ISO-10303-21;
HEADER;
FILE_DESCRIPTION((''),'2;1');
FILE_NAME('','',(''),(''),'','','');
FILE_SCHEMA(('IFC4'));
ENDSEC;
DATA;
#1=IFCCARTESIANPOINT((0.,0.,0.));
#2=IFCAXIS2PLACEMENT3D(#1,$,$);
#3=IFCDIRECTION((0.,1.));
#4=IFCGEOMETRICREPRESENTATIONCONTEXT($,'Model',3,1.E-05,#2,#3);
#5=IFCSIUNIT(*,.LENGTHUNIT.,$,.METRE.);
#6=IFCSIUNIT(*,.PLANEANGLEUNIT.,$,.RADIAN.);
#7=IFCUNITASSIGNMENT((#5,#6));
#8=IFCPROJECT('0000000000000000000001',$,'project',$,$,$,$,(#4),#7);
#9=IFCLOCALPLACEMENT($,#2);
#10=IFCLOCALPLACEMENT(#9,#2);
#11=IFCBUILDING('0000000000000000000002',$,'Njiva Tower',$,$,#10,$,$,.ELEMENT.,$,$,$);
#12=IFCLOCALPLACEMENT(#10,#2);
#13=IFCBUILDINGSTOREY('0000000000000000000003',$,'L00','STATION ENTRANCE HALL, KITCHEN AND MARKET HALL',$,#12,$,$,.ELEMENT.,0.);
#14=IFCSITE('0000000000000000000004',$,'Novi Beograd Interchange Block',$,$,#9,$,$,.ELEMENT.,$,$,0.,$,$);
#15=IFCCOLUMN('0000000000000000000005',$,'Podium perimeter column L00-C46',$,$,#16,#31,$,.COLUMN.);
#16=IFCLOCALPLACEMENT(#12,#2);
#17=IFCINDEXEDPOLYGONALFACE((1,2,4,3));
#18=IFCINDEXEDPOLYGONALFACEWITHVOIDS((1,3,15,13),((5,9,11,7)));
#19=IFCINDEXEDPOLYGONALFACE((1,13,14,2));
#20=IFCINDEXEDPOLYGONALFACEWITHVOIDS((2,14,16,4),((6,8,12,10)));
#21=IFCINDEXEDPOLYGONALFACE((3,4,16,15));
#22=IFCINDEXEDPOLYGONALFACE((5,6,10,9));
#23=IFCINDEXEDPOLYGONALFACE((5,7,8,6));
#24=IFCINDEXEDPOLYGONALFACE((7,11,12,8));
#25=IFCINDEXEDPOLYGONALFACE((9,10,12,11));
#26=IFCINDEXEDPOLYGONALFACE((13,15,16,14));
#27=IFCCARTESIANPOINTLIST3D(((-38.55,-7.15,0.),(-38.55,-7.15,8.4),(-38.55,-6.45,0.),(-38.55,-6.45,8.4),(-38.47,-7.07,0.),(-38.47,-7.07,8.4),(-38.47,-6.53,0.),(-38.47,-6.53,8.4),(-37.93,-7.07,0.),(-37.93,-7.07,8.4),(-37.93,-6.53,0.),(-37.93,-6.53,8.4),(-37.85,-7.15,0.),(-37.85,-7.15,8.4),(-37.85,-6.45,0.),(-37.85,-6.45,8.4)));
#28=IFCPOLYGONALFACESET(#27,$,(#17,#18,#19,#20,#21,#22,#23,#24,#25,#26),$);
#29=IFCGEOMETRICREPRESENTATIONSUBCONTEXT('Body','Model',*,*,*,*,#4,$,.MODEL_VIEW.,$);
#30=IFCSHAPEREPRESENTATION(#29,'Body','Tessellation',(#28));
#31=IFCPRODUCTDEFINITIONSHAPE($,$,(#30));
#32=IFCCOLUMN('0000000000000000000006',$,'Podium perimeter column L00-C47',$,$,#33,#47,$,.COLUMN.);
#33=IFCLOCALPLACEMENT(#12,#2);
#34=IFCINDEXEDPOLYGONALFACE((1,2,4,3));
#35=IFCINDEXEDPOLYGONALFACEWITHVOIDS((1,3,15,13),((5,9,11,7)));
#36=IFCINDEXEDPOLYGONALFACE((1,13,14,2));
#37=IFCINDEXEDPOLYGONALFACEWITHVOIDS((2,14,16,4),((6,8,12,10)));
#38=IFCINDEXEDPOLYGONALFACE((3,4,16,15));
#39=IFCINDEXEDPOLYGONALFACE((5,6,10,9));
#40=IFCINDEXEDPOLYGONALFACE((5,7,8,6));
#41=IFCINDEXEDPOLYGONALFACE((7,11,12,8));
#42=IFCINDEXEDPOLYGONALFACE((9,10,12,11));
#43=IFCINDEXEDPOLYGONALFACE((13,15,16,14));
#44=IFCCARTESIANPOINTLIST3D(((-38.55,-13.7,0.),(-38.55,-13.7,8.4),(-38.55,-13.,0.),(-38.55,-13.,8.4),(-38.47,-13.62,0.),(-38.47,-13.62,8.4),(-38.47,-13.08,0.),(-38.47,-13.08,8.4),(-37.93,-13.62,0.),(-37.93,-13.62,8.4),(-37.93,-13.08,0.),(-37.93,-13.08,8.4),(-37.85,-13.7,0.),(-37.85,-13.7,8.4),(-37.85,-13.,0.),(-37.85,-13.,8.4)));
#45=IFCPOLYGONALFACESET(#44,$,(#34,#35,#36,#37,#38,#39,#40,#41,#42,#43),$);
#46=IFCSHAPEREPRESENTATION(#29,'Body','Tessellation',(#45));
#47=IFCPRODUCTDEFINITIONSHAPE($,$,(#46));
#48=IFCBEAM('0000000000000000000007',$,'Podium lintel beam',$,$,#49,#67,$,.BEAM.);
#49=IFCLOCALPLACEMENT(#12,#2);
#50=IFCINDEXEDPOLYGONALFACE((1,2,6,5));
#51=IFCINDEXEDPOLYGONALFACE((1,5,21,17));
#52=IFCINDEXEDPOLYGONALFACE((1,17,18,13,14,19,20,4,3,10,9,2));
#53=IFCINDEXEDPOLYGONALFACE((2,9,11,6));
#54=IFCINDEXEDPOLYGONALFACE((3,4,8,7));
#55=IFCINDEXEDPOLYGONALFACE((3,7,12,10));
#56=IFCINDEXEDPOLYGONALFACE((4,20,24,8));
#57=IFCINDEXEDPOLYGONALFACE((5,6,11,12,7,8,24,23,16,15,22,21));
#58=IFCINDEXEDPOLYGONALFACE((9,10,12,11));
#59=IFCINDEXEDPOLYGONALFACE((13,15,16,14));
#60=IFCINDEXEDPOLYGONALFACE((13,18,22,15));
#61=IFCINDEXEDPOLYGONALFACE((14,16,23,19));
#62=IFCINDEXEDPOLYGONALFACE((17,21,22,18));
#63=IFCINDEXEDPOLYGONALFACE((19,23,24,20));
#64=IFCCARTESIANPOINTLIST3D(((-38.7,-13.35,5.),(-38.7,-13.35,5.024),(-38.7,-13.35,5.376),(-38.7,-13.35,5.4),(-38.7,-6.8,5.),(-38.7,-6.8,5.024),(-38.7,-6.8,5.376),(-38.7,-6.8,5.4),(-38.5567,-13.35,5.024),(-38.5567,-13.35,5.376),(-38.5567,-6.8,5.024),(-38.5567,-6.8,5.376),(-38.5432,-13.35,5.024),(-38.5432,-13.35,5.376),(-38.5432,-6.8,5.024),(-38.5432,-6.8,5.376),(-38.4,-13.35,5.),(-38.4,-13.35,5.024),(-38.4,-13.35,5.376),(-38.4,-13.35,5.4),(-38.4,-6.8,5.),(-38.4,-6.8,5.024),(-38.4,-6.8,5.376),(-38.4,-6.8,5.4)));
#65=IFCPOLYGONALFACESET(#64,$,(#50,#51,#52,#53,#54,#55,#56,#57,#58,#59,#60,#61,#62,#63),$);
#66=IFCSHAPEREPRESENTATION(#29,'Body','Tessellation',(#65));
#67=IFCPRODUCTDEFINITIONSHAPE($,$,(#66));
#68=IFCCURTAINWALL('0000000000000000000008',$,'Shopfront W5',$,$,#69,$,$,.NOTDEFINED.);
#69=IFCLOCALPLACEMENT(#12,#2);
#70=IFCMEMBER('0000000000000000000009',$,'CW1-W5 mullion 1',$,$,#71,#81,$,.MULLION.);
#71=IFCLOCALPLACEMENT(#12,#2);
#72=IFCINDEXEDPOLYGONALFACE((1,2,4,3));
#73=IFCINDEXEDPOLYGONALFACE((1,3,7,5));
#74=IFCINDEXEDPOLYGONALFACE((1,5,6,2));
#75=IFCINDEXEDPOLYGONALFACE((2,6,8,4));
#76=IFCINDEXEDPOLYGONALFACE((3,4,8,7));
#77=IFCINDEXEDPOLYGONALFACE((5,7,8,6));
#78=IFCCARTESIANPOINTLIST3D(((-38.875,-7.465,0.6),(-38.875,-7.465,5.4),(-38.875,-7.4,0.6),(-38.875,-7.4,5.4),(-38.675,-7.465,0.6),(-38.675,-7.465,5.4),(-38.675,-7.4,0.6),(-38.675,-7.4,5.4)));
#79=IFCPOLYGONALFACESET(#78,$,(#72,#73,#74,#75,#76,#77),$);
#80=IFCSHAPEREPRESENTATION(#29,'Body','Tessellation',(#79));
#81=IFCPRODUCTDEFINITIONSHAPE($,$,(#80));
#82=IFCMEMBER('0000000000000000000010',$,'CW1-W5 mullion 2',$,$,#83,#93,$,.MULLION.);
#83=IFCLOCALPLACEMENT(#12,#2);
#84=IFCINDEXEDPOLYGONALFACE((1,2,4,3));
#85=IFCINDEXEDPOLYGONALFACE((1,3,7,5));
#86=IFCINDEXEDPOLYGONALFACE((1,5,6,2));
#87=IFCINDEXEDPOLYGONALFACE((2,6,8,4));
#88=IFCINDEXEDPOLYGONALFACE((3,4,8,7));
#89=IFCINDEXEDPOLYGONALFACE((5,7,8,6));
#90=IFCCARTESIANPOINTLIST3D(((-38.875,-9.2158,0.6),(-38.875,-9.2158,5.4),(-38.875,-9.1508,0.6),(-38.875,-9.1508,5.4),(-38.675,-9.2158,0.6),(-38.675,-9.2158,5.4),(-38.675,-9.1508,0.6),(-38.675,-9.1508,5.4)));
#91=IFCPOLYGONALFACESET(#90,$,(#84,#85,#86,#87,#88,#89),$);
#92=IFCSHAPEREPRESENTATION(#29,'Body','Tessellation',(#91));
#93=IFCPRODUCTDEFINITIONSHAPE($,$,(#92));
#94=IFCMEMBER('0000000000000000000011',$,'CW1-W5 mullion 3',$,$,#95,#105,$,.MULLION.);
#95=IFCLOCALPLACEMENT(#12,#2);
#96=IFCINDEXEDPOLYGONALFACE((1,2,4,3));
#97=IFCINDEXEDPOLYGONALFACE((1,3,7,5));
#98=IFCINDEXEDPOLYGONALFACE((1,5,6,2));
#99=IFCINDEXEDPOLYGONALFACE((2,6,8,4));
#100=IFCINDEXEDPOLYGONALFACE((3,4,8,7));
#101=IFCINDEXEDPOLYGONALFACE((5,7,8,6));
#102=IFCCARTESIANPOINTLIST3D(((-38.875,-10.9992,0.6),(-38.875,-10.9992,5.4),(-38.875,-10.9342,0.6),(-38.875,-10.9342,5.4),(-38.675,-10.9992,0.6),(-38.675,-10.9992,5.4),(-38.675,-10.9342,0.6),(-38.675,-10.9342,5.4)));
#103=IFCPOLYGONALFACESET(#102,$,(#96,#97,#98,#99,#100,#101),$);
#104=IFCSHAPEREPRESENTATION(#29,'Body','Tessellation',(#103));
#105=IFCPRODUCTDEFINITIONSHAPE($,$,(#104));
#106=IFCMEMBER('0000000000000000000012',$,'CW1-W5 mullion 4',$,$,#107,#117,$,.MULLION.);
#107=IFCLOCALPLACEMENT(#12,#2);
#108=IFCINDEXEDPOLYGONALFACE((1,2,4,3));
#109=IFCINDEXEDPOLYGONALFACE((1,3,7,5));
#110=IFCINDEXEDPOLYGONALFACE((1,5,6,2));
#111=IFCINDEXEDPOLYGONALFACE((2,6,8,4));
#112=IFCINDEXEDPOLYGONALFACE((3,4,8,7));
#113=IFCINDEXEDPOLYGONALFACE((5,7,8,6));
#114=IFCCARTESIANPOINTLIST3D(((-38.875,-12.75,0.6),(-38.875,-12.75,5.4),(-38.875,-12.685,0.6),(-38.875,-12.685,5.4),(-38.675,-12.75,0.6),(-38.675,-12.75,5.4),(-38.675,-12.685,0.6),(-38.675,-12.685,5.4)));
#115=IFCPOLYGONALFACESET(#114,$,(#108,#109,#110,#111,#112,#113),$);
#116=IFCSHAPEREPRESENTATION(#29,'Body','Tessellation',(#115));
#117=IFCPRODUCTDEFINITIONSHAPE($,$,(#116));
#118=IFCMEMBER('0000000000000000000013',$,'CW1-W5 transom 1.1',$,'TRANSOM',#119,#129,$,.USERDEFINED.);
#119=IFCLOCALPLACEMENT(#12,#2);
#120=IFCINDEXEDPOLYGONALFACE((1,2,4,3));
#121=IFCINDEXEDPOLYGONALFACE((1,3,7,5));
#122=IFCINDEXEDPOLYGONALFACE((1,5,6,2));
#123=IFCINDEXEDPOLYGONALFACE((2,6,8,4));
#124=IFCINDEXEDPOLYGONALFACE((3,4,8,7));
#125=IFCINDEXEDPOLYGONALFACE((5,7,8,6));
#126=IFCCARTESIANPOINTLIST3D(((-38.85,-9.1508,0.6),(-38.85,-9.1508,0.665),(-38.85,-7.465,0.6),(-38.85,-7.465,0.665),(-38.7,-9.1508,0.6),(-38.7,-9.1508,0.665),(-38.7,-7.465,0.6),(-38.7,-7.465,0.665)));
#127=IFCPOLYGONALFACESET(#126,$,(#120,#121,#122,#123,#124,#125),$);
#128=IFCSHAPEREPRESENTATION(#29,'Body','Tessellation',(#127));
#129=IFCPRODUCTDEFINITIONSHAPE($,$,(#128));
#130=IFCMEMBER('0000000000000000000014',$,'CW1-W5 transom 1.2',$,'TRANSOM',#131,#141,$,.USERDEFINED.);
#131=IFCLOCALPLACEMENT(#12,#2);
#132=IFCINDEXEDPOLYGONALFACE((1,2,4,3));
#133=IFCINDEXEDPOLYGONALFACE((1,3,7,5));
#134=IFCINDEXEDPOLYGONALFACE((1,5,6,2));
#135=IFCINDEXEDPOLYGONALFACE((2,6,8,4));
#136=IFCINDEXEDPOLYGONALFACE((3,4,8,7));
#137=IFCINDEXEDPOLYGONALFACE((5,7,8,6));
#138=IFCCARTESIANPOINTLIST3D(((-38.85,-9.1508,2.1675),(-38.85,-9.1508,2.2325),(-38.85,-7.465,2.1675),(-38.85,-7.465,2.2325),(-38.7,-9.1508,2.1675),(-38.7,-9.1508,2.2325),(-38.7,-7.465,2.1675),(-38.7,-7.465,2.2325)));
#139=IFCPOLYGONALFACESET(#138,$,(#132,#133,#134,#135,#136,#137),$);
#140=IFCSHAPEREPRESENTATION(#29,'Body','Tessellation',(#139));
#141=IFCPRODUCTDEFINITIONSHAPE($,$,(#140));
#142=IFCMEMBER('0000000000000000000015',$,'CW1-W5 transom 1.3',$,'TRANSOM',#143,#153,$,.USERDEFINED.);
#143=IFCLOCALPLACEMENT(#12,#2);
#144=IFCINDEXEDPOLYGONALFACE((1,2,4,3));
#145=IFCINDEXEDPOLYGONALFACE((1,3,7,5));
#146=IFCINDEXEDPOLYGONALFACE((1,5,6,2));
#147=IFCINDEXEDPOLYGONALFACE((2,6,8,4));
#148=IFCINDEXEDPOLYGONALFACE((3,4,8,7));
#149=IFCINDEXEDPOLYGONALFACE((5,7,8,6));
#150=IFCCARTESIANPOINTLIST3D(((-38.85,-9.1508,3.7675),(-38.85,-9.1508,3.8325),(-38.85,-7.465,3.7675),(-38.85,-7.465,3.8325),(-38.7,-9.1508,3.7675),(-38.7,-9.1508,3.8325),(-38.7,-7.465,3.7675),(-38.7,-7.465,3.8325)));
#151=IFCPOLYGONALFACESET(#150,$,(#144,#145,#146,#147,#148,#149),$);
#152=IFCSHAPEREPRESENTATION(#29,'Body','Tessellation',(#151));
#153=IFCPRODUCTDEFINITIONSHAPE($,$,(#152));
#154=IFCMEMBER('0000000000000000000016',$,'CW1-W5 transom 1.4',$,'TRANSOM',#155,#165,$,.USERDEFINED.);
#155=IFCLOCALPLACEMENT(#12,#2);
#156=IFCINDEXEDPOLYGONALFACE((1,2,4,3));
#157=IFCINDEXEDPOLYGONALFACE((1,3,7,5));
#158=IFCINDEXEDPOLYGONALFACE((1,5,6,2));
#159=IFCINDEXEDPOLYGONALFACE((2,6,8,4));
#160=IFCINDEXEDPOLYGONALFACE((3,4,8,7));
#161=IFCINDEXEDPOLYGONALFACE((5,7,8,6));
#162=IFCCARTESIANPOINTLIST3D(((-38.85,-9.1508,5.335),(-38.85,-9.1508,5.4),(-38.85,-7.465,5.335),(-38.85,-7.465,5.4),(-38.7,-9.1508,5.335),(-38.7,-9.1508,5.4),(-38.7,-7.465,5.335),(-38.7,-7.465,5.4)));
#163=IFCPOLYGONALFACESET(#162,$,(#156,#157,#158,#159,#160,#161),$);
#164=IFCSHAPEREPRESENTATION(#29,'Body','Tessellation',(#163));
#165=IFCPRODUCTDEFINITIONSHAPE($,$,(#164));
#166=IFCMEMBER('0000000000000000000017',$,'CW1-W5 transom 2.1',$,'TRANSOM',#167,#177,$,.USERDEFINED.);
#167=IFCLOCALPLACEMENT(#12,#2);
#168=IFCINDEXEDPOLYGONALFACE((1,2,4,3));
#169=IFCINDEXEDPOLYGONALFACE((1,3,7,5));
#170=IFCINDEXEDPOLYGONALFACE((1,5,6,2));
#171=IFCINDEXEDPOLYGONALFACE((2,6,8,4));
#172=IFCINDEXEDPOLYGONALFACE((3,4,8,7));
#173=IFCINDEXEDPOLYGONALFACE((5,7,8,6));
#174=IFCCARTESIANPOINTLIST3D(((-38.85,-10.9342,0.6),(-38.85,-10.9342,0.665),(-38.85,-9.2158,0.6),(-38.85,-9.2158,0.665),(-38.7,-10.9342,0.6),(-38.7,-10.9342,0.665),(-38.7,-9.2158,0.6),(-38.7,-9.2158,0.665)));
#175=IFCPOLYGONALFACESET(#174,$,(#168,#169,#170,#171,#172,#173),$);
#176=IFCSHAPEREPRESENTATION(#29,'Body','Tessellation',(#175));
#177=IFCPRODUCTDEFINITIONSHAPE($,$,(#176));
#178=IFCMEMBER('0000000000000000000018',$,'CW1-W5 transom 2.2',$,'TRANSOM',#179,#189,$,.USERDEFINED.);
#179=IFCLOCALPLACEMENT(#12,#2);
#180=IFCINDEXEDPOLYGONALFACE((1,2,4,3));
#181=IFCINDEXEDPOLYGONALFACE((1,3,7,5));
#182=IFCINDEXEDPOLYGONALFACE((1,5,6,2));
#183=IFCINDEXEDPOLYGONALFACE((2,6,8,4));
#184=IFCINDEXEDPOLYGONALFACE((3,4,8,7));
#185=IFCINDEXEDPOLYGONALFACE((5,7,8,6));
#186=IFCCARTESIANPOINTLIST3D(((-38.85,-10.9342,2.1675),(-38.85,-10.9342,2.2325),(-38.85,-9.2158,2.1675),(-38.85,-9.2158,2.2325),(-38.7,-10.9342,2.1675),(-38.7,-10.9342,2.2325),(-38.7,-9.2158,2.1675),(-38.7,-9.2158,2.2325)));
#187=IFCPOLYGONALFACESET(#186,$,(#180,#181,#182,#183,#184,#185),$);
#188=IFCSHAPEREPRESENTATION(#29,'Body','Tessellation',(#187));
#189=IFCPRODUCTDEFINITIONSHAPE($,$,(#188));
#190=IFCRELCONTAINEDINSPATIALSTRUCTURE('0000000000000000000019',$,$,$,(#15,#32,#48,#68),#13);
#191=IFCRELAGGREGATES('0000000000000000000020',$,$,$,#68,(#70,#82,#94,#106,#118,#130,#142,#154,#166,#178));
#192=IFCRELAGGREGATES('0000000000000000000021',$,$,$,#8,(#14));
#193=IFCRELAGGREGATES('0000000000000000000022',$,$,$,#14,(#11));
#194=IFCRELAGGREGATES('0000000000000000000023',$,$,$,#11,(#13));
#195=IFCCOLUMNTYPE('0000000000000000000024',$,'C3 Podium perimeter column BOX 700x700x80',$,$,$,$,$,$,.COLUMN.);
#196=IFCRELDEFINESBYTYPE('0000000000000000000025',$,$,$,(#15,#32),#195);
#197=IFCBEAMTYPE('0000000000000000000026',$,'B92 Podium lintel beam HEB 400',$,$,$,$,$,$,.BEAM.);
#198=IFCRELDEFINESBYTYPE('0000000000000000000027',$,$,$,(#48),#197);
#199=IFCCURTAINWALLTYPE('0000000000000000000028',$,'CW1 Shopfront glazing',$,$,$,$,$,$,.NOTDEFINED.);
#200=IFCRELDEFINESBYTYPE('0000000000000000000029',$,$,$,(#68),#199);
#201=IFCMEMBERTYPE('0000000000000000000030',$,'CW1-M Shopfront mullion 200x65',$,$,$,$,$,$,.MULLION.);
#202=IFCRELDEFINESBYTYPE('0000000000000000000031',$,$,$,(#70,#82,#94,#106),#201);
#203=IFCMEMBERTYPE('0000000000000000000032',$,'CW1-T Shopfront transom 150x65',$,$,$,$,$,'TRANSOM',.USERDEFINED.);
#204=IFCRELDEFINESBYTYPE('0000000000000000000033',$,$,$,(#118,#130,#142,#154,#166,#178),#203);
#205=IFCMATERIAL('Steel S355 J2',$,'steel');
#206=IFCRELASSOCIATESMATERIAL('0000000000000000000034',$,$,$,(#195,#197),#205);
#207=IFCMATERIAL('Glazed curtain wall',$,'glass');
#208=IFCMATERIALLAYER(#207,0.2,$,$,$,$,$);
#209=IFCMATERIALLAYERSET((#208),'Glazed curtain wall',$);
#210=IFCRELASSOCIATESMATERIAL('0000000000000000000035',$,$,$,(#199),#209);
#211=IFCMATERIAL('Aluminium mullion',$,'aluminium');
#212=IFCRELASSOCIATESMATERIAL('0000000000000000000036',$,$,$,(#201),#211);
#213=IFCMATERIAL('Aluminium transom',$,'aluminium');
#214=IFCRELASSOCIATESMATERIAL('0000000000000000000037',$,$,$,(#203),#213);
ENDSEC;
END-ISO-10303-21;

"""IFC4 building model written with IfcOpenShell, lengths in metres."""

from ifc_helpers import new_model, si_unit, direction, frame, origin, origin_2d, place, context, subcontext, project, spatial, rectangle, hollow_rectangle, i_section, extrude, material, layer, layer_set, material_profile, profile_set, type_object, element, aggregate, save


model = new_model("IFC4")

# Units and contexts
model_context = context("Model", 3, precision=1e-05, world=origin(), true_north=direction((0.0, 1.0)))
body_context = subcontext(model_context, "Body", "Model", "MODEL_VIEW")
ifc_project = project(units=[si_unit("LENGTHUNIT", "METRE"), si_unit("PLANEANGLEUNIT", "RADIAN")], contexts=[model_context])

# Site, building, storey
site_placement = place(None, origin())
site = spatial("IfcSite", under=ifc_project, at=site_placement, Name="Novi Beograd Interchange Block", CompositionType="ELEMENT", RefElevation=0.0)
building_placement = place(site_placement, origin())
building = spatial("IfcBuilding", under=site, at=building_placement, Name="Njiva Tower", CompositionType="ELEMENT")
storey_placement = place(building_placement, origin())
storey = spatial("IfcBuildingStorey", under=building, at=storey_placement, Name="L00", Description="STATION ENTRANCE HALL, KITCHEN AND MARKET HALL", CompositionType="ELEMENT", Elevation=0.0)

# Columns
ifc_material_1 = material(Name="Steel S355 J2", Category="steel")
ifc_material_profile_1 = material_profile(ifc_material_1, hollow_rectangle(XDim=0.7, YDim=0.7, WallThickness=0.08, at=origin_2d()), Name="BOX 700x700x80")
ifc_profile_set_1 = profile_set([ifc_material_profile_1], Name="Steel S355 J2")
column_type = type_object("IfcColumnType", Name="C3 Podium perimeter column BOX 700x700x80", PredefinedType="COLUMN", material=ifc_profile_set_1)
for number, where, z_axis, x_axis, name in (
    (1, (-38.2, -6.8, 0.0), (0.0, 0.0, 1.0), (0.0, -1.0, 0.0), "Podium perimeter column L00-C46"),
    (2, (-38.2, -13.35, 0.0), (0.0, 0.0, 1.0), (0.0, -1.0, 0.0), "Podium perimeter column L00-C47"),
):
    element("IfcColumn", number, at=place(storey_placement, frame(where, z_axis=z_axis, x_axis=x_axis)), inside=storey, type_object=column_type, Name=name, PredefinedType="COLUMN", context=body_context, shape_type="SweptSolid", body=[
        extrude(hollow_rectangle(XDim=0.7, YDim=0.7, WallThickness=0.08, at=origin_2d()), origin(), (0.0, 0.0, 1.0), 8.4),
    ])

# Beam
ifc_material_profile_2 = material_profile(ifc_material_1, i_section(OverallWidth=0.3, OverallDepth=0.4, WebThickness=0.0135, FlangeThickness=0.024, at=origin_2d()), Name="HEB400")
ifc_profile_set_2 = profile_set([ifc_material_profile_2], Name="Steel S355 J2")
beam_type = type_object("IfcBeamType", Name="B92 Podium lintel beam HEB 400", PredefinedType="BEAM", material=ifc_profile_set_2)
beam_placement = place(storey_placement, frame((-38.55, -6.8, 5.2), z_axis=(0.0, -1.0, 0.0), x_axis=(1.0, 0.0, 0.0)))
element("IfcBeam", 3, at=beam_placement, inside=storey, type_object=beam_type, Name="Podium lintel beam", PredefinedType="BEAM", context=body_context, shape_type="SweptSolid", body=[
    extrude(i_section(OverallWidth=0.3, OverallDepth=0.4, WebThickness=0.0135, FlangeThickness=0.024, at=origin_2d()), origin(), (0.0, 0.0, 1.0), 6.55),
])

# Curtain wall, members
ifc_material_2 = material(Name="Glazed curtain wall", Category="glass")
ifc_layer_1 = layer(ifc_material_2, 0.2)
ifc_layer_set_1 = layer_set([ifc_layer_1], Name="Glazed curtain wall")
curtain_wall_type = type_object("IfcCurtainWallType", Name="CW1 Shopfront glazing", PredefinedType="NOTDEFINED", material=ifc_layer_set_1)
curtain_wall_placement = place(storey_placement, origin())
curtain_wall = element("IfcCurtainWall", 4, at=curtain_wall_placement, inside=storey, type_object=curtain_wall_type, Name="Shopfront W5", PredefinedType="NOTDEFINED")
ifc_material_3 = material(Name="Aluminium mullion", Category="aluminium")
ifc_material_profile_3 = material_profile(ifc_material_3, rectangle(XDim=0.2, YDim=0.065, at=origin_2d()), Name="RECT 200x65")
ifc_profile_set_3 = profile_set([ifc_material_profile_3], Name="Aluminium mullion")
member_type_1 = type_object("IfcMemberType", Name="CW1-M Shopfront mullion 200x65", PredefinedType="MULLION", material=ifc_profile_set_3)
member_1_placement = place(storey_placement, frame((-38.775, -7.4325, 0.6), z_axis=(0.0, 0.0, 1.0), x_axis=(1.0, 0.0, 0.0)))
member_1 = element("IfcMember", 5, at=member_1_placement, type_object=member_type_1, Name="CW1-W5 mullion 1", PredefinedType="MULLION", context=body_context, shape_type="SweptSolid", body=[
    extrude(rectangle(XDim=0.2, YDim=0.065, at=origin_2d()), origin(), (0.0, 0.0, 1.0), 4.8),
])
member_2_placement = place(storey_placement, frame((-38.775, -9.1833, 0.6), z_axis=(0.0, 0.0, 1.0), x_axis=(1.0, 0.0, 0.0)))
member_2 = element("IfcMember", 6, at=member_2_placement, type_object=member_type_1, Name="CW1-W5 mullion 2", PredefinedType="MULLION", context=body_context, shape_type="SweptSolid", body=[
    extrude(rectangle(XDim=0.2, YDim=0.065, at=origin_2d()), origin(), (0.0, 0.0, 1.0), 4.8),
])
member_3_placement = place(storey_placement, frame((-38.775, -10.9667, 0.6), z_axis=(0.0, 0.0, 1.0), x_axis=(1.0, 0.0, 0.0)))
member_3 = element("IfcMember", 7, at=member_3_placement, type_object=member_type_1, Name="CW1-W5 mullion 3", PredefinedType="MULLION", context=body_context, shape_type="SweptSolid", body=[
    extrude(rectangle(XDim=0.2, YDim=0.065, at=origin_2d()), origin(), (0.0, 0.0, 1.0), 4.8),
])
member_4_placement = place(storey_placement, frame((-38.775, -12.7175, 0.6), z_axis=(0.0, 0.0, 1.0), x_axis=(1.0, 0.0, 0.0)))
member_4 = element("IfcMember", 8, at=member_4_placement, type_object=member_type_1, Name="CW1-W5 mullion 4", PredefinedType="MULLION", context=body_context, shape_type="SweptSolid", body=[
    extrude(rectangle(XDim=0.2, YDim=0.065, at=origin_2d()), origin(), (0.0, 0.0, 1.0), 4.8),
])
ifc_material_4 = material(Name="Aluminium transom", Category="aluminium")
ifc_material_profile_4 = material_profile(ifc_material_4, rectangle(XDim=0.15, YDim=0.065, at=origin_2d()), Name="RECT 150x65")
ifc_profile_set_4 = profile_set([ifc_material_profile_4], Name="Aluminium transom")
member_type_2 = type_object("IfcMemberType", Name="CW1-T Shopfront transom 150x65", ElementType="TRANSOM", PredefinedType="USERDEFINED", material=ifc_profile_set_4)
member_5_placement = place(storey_placement, frame((-38.775, -7.465, 0.6325), z_axis=(0.0, -1.0, 0.0), x_axis=(1.0, 0.0, 0.0)))
member_5 = element("IfcMember", 9, at=member_5_placement, type_object=member_type_2, Name="CW1-W5 transom 1.1", ObjectType="TRANSOM", PredefinedType="USERDEFINED", context=body_context, shape_type="SweptSolid", body=[
    extrude(rectangle(XDim=0.15, YDim=0.065, at=origin_2d()), origin(), (0.0, 0.0, 1.0), 1.6858),
])
member_6_placement = place(storey_placement, frame((-38.775, -7.465, 2.2), z_axis=(0.0, -1.0, 0.0), x_axis=(1.0, 0.0, 0.0)))
member_6 = element("IfcMember", 10, at=member_6_placement, type_object=member_type_2, Name="CW1-W5 transom 1.2", ObjectType="TRANSOM", PredefinedType="USERDEFINED", context=body_context, shape_type="SweptSolid", body=[
    extrude(rectangle(XDim=0.15, YDim=0.065, at=origin_2d()), origin(), (0.0, 0.0, 1.0), 1.6858),
])
member_7_placement = place(storey_placement, frame((-38.775, -7.465, 3.8), z_axis=(0.0, -1.0, 0.0), x_axis=(1.0, 0.0, 0.0)))
member_7 = element("IfcMember", 11, at=member_7_placement, type_object=member_type_2, Name="CW1-W5 transom 1.3", ObjectType="TRANSOM", PredefinedType="USERDEFINED", context=body_context, shape_type="SweptSolid", body=[
    extrude(rectangle(XDim=0.15, YDim=0.065, at=origin_2d()), origin(), (0.0, 0.0, 1.0), 1.6858),
])
member_8_placement = place(storey_placement, frame((-38.775, -7.465, 5.3675), z_axis=(0.0, -1.0, 0.0), x_axis=(1.0, 0.0, 0.0)))
member_8 = element("IfcMember", 12, at=member_8_placement, type_object=member_type_2, Name="CW1-W5 transom 1.4", ObjectType="TRANSOM", PredefinedType="USERDEFINED", context=body_context, shape_type="SweptSolid", body=[
    extrude(rectangle(XDim=0.15, YDim=0.065, at=origin_2d()), origin(), (0.0, 0.0, 1.0), 1.6858),
])
member_9_placement = place(storey_placement, frame((-38.775, -9.2158, 0.6325), z_axis=(0.0, -1.0, 0.0), x_axis=(1.0, 0.0, 0.0)))
member_9 = element("IfcMember", 13, at=member_9_placement, type_object=member_type_2, Name="CW1-W5 transom 2.1", ObjectType="TRANSOM", PredefinedType="USERDEFINED", context=body_context, shape_type="SweptSolid", body=[
    extrude(rectangle(XDim=0.15, YDim=0.065, at=origin_2d()), origin(), (0.0, 0.0, 1.0), 1.7184),
])
member_10_placement = place(storey_placement, frame((-38.775, -9.2158, 2.2), z_axis=(0.0, -1.0, 0.0), x_axis=(1.0, 0.0, 0.0)))
member_10 = element("IfcMember", 14, at=member_10_placement, type_object=member_type_2, Name="CW1-W5 transom 2.2", ObjectType="TRANSOM", PredefinedType="USERDEFINED", context=body_context, shape_type="SweptSolid", body=[
    extrude(rectangle(XDim=0.15, YDim=0.065, at=origin_2d()), origin(), (0.0, 0.0, 1.0), 1.7184),
])
aggregate(curtain_wall, [member_1, member_2, member_3, member_4, member_5, member_6, member_7, member_8, member_9, member_10])

save(model, "model.ifc")
